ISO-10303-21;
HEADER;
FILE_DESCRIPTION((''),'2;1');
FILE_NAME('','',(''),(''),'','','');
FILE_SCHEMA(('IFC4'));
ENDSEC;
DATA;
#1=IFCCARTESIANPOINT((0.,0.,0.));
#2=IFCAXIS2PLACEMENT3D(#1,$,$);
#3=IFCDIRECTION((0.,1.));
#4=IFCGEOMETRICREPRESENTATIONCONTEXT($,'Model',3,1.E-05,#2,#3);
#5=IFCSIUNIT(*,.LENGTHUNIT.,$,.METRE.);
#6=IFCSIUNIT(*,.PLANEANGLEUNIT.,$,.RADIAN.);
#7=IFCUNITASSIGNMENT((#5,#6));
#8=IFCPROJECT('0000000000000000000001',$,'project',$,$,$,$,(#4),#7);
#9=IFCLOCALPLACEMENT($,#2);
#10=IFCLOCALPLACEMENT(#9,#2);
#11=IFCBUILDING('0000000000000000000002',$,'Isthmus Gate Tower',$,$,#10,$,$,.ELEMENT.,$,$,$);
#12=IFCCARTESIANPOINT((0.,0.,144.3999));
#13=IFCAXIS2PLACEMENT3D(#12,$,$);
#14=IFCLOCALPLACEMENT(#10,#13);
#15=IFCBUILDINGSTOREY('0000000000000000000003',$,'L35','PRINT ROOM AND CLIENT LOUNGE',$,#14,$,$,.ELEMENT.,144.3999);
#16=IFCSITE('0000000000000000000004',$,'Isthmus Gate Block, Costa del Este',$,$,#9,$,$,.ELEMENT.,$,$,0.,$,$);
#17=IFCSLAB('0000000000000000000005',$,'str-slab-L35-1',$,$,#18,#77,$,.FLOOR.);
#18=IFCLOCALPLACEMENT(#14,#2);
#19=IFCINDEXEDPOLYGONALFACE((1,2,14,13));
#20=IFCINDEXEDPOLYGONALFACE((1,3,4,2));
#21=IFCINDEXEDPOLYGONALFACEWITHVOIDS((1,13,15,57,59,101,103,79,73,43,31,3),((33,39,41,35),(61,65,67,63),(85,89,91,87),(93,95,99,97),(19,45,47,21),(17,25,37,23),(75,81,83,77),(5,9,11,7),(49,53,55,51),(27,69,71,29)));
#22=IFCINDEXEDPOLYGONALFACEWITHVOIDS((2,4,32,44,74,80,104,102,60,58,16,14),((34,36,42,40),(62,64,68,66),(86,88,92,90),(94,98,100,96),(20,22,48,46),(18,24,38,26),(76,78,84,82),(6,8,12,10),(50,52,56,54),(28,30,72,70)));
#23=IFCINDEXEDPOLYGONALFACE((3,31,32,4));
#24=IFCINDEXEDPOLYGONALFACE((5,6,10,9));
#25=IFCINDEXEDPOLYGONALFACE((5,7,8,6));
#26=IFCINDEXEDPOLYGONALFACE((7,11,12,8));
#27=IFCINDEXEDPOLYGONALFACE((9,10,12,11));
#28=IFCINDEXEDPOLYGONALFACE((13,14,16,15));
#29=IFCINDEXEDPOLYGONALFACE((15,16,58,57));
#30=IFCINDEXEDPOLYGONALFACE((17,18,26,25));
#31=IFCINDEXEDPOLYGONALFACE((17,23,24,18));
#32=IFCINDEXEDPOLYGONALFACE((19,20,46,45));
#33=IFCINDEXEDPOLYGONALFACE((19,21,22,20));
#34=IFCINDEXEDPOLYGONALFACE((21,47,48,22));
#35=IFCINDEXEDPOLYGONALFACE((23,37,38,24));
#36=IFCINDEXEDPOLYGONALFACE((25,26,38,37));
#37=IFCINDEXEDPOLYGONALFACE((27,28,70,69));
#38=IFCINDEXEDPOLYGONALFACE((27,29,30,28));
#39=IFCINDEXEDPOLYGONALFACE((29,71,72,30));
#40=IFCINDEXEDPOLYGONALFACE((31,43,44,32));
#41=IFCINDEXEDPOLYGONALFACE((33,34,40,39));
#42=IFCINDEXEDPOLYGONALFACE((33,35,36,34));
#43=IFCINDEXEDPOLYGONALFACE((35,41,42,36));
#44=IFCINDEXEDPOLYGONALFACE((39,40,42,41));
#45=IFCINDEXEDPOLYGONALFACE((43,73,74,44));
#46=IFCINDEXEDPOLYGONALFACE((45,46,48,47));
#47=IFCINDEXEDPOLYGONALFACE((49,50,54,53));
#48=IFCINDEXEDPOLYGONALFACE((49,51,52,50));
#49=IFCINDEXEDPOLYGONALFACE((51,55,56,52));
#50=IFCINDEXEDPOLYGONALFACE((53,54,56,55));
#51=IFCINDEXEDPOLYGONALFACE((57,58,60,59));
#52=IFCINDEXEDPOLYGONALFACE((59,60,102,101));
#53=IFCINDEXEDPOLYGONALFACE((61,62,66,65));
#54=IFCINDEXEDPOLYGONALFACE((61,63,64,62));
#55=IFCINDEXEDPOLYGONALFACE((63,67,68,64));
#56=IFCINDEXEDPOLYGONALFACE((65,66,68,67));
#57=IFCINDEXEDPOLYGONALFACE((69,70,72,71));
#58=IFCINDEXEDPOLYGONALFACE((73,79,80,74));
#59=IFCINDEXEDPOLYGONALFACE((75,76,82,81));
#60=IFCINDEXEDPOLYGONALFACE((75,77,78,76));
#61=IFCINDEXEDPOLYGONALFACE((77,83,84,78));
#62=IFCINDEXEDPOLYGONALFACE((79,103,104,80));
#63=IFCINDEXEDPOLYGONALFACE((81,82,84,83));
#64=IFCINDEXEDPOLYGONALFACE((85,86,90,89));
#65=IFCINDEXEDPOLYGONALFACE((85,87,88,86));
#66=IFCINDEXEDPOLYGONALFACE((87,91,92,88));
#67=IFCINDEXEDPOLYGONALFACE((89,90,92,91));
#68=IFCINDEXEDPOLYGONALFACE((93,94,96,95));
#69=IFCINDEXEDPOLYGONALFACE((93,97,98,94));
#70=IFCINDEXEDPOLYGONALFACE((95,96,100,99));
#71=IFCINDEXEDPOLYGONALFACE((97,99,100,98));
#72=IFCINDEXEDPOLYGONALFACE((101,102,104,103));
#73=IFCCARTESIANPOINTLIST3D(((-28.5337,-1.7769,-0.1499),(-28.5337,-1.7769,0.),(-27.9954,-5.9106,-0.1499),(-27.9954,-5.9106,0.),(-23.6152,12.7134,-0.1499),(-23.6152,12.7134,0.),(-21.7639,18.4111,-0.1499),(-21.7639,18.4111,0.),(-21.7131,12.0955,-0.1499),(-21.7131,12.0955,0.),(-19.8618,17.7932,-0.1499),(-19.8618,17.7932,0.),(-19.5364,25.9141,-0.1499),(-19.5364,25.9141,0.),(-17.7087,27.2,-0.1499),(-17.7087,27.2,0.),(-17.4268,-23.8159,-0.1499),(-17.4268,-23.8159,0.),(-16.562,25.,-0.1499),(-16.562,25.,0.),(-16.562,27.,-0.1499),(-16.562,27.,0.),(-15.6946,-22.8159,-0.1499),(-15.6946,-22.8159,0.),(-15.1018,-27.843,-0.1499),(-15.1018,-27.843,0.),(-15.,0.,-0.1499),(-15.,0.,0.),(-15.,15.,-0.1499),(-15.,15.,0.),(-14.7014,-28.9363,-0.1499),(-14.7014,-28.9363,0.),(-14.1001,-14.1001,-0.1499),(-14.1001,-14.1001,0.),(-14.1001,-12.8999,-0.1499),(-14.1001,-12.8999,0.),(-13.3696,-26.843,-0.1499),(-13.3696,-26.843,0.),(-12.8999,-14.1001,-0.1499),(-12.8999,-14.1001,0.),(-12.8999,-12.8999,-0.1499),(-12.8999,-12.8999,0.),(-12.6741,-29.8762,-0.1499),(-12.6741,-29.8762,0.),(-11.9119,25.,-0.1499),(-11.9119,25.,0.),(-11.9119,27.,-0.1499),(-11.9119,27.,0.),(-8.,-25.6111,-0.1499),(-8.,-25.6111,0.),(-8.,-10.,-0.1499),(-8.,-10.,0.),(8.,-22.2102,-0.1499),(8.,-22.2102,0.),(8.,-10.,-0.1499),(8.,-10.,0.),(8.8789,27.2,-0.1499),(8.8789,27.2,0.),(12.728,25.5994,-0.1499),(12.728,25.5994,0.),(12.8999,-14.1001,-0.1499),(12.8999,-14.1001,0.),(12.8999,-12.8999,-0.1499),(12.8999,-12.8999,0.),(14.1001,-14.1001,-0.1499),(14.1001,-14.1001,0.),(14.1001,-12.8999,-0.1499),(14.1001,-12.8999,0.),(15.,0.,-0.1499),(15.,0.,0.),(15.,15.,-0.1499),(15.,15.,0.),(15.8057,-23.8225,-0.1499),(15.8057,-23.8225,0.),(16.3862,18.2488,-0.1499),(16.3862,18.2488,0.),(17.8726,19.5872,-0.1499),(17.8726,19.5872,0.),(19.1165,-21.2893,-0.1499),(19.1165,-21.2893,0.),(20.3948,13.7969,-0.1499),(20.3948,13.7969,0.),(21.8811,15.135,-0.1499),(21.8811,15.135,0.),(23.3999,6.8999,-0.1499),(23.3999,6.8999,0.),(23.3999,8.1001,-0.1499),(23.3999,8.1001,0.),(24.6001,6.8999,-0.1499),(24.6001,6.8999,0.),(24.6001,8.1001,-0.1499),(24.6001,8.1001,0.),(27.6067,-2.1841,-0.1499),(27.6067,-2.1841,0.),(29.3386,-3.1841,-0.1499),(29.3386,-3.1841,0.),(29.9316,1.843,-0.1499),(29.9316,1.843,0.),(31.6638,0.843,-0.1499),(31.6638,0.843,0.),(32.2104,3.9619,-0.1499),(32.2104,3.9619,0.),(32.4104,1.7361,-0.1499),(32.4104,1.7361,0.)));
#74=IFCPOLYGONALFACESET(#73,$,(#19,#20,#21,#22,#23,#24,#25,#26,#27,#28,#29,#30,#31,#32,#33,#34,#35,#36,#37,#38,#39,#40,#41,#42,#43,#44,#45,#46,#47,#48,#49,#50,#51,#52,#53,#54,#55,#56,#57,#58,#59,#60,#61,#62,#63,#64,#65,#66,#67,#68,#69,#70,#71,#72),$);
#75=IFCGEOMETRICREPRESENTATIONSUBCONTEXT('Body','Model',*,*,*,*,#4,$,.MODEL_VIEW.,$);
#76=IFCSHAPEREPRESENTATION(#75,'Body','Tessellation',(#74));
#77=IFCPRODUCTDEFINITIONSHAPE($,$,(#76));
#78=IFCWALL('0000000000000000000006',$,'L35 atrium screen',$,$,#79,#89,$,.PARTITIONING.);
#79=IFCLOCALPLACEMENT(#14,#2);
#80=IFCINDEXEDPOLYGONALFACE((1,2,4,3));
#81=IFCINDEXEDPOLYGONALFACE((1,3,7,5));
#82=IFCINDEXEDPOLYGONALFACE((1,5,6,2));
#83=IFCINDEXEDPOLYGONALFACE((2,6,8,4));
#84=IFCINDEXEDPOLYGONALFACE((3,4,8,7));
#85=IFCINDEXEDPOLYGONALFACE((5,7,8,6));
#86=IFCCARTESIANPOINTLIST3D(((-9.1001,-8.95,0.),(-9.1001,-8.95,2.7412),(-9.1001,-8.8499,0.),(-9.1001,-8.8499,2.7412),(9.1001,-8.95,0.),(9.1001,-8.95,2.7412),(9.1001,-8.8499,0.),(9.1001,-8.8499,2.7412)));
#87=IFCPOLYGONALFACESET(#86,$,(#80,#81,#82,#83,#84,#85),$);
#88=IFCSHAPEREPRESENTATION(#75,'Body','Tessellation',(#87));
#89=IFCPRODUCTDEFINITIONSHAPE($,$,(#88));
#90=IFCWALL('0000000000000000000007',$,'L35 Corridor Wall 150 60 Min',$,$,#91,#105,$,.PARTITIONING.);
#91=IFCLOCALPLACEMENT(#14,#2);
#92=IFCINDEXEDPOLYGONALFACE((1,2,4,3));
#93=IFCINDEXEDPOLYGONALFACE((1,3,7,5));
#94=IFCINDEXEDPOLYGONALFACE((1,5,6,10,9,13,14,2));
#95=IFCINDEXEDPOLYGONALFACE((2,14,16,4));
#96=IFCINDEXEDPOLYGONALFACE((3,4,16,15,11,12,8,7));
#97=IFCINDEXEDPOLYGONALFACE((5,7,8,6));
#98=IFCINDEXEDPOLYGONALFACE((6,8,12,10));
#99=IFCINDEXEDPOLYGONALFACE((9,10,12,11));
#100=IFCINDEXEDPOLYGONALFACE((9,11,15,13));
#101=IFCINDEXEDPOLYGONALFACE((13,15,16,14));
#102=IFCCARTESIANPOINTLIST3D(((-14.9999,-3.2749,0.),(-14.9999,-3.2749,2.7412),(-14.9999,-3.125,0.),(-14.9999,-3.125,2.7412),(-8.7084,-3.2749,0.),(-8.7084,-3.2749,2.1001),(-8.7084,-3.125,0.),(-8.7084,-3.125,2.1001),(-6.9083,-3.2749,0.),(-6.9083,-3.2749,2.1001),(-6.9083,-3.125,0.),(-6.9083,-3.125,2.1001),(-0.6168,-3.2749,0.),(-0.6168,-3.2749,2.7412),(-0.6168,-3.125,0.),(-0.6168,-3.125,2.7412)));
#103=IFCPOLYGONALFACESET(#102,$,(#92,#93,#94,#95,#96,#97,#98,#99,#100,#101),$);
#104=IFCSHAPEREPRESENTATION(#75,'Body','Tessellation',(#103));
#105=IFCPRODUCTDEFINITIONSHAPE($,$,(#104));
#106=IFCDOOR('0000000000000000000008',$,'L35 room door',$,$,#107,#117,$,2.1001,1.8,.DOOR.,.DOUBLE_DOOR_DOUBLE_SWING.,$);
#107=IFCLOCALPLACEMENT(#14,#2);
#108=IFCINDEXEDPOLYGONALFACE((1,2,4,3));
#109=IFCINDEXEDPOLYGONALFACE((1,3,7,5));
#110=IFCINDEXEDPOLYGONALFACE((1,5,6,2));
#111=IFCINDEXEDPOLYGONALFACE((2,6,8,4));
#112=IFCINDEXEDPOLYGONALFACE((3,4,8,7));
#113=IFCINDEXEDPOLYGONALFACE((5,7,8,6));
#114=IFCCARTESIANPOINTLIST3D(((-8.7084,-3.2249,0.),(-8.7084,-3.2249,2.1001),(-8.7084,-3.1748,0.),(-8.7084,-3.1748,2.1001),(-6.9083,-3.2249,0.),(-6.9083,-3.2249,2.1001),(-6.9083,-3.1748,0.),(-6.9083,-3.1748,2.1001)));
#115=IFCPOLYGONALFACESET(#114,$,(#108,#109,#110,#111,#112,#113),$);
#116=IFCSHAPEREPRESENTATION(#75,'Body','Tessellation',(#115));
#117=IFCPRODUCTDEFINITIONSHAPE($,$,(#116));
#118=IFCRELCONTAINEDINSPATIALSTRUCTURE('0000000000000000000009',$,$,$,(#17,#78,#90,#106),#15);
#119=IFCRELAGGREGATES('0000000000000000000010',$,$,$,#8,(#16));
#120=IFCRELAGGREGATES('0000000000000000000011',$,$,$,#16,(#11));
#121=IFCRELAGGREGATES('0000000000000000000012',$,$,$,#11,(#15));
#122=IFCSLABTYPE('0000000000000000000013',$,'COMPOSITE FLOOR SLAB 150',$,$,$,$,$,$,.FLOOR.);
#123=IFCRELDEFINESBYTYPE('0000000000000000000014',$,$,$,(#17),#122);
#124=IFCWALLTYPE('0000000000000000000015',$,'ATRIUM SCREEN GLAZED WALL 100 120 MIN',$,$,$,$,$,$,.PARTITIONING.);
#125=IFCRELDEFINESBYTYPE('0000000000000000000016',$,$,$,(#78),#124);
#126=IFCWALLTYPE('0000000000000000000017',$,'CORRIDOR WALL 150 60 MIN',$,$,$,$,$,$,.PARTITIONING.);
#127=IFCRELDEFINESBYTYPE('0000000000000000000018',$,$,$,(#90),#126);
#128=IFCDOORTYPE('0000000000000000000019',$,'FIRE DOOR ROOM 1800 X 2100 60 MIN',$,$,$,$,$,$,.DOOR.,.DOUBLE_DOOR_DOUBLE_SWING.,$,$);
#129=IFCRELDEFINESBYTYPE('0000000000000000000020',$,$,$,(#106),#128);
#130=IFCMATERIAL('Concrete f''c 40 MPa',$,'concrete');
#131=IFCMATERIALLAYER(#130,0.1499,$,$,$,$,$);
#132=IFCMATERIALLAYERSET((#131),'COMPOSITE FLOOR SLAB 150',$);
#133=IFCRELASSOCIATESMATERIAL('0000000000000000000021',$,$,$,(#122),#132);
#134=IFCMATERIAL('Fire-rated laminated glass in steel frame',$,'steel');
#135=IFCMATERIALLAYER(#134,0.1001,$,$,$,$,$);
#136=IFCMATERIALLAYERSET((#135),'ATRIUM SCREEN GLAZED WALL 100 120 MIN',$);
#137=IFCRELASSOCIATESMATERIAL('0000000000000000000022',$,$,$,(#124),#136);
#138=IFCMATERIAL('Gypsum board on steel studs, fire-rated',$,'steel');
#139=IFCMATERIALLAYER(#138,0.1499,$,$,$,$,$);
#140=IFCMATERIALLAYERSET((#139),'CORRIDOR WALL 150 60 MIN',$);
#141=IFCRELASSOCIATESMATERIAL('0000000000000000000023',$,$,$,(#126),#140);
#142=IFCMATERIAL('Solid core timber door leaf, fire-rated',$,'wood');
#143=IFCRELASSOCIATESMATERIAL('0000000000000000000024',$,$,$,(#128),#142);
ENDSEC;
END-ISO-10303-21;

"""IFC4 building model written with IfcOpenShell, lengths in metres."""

from ifc_helpers import new_model, si_unit, direction, frame, frame_2d, origin, place, context, subcontext, project, spatial, polyline, rectangle, outline, extrude, material, layer, layer_set, type_object, element, fill, save


model = new_model("IFC4")

# Units and contexts
model_context = context("Model", 3, precision=1e-05, world=origin(), true_north=direction((0.0, 1.0)))
body_context = subcontext(model_context, "Body", "Model", "MODEL_VIEW")
ifc_project = project(units=[si_unit("LENGTHUNIT", "METRE"), si_unit("PLANEANGLEUNIT", "RADIAN")], contexts=[model_context])

# Site, building, storey
site_placement = place(None, origin())
site = spatial("IfcSite", under=ifc_project, at=site_placement, Name="Isthmus Gate Block, Costa del Este", CompositionType="ELEMENT", RefElevation=0.0)
building_placement = place(site_placement, origin())
building = spatial("IfcBuilding", under=site, at=building_placement, Name="Isthmus Gate Tower", CompositionType="ELEMENT")
storey_placement = place(building_placement, frame((0.0, 0.0, 144.3999)))
storey = spatial("IfcBuildingStorey", under=building, at=storey_placement, Name="L35", Description="PRINT ROOM AND CLIENT LOUNGE", CompositionType="ELEMENT", Elevation=144.3999)

# Slab
ifc_material_1 = material(Name="Concrete f'c 40 MPa", Category="concrete")
ifc_layer_1 = layer(ifc_material_1, 0.1499)
ifc_layer_set_1 = layer_set([ifc_layer_1], Name="COMPOSITE FLOOR SLAB 150")
slab_type = type_object("IfcSlabType", Name="COMPOSITE FLOOR SLAB 150", PredefinedType="FLOOR", material=ifc_layer_set_1)
slab_placement = place(storey_placement, frame((0.0, 0.0, -0.1499)))
element("IfcSlab", 1, at=slab_placement, inside=storey, type_object=slab_type, Name="str-slab-L35-1", PredefinedType="FLOOR", context=body_context, shape_type="SweptSolid", body=[
    extrude(outline(polyline([(12.728, 25.5994), (32.2104, 3.9619), (32.4104, 1.7361), (19.1165, -21.2893), (15.8057, -23.8225), (-12.6741, -29.8762), (-14.7014, -28.9363), (-27.9954, -5.9106), (-28.5337, -1.7769), (-19.5364, 25.9141), (-17.7087, 27.2), (8.8789, 27.2), (12.728, 25.5994)]), holes=[polyline([(-13.3696, -26.843), (-15.6946, -22.8159), (-17.4268, -23.8159), (-15.1018, -27.843), (-13.3696, -26.843)]), polyline([(8.0, -10.0), (-8.0, -10.0), (-8.0, -25.6111), (8.0, -22.2102), (8.0, -10.0)]), polyline([(-12.8999, -12.8999), (-14.1001, -12.8999), (-14.1001, -14.1001), (-12.8999, -14.1001), (-12.8999, -12.8999)]), polyline([(12.8999, -14.1001), (14.1001, -14.1001), (14.1001, -12.8999), (12.8999, -12.8999), (12.8999, -14.1001)]), polyline([(31.6638, 0.843), (29.9316, 1.843), (27.6067, -2.1841), (29.3386, -3.1841), (31.6638, 0.843)]), polyline([(-15.0, 15.0), (-15.0, 0.0), (15.0, 0.0), (15.0, 15.0), (-15.0, 15.0)]), polyline([(24.6001, 6.8999), (24.6001, 8.1001), (23.3999, 8.1001), (23.3999, 6.8999), (24.6001, 6.8999)]), polyline([(-21.7131, 12.0955), (-19.8618, 17.7932), (-21.7639, 18.4111), (-23.6152, 12.7134), (-21.7131, 12.0955)]), polyline([(17.8726, 19.5872), (16.3862, 18.2488), (20.3948, 13.7969), (21.8811, 15.135), (17.8726, 19.5872)]), polyline([(-16.562, 27.0), (-16.562, 25.0), (-11.9119, 25.0), (-11.9119, 27.0), (-16.562, 27.0)])]), origin(), (0.0, 0.0, 1.0), 0.1499),
])

# Wall
ifc_material_2 = material(Name="Fire-rated laminated glass in steel frame", Category="steel")
ifc_layer_2 = layer(ifc_material_2, 0.1001)
ifc_layer_set_2 = layer_set([ifc_layer_2], Name="ATRIUM SCREEN GLAZED WALL 100 120 MIN")
wall_type_1 = type_object("IfcWallType", Name="ATRIUM SCREEN GLAZED WALL 100 120 MIN", PredefinedType="PARTITIONING", material=ifc_layer_set_2)
wall_1_placement = place(storey_placement, frame((-9.1001, -8.8999, 0.0), z_axis=(0.0, 0.0, 1.0), x_axis=(1.0, 0.0, 0.0)))
element("IfcWall", 2, at=wall_1_placement, inside=storey, type_object=wall_type_1, Name="L35 atrium screen", PredefinedType="PARTITIONING", context=body_context, shape_type="SweptSolid", body=[
    extrude(rectangle(XDim=18.2002, YDim=0.1001, at=frame_2d((9.1001, 0.0))), origin(), (0.0, 0.0, 1.0), 2.7412),
])

# Wall, opening, door
ifc_material_3 = material(Name="Gypsum board on steel studs, fire-rated", Category="steel")
ifc_layer_3 = layer(ifc_material_3, 0.1499)
ifc_layer_set_3 = layer_set([ifc_layer_3], Name="CORRIDOR WALL 150 60 MIN")
wall_type_2 = type_object("IfcWallType", Name="CORRIDOR WALL 150 60 MIN", PredefinedType="PARTITIONING", material=ifc_layer_set_3)
wall_2_placement = place(storey_placement, frame((-0.6169, -3.2, 0.0), z_axis=(0.0, 0.0, 1.0), x_axis=(-1.0, 0.0, 0.0)))
wall_2 = element("IfcWall", 3, at=wall_2_placement, inside=storey, type_object=wall_type_2, Name="L35 Corridor Wall 150 60 Min", PredefinedType="PARTITIONING", context=body_context, shape_type="SweptSolid", body=[
    extrude(rectangle(XDim=14.3831, YDim=0.1499, at=frame_2d((7.1914, 0.0))), origin(), (0.0, 0.0, 1.0), 2.7412),
])
opening_1_placement = place(wall_2_placement, frame((6.2915, 0.0, 0.0)))
opening_1 = element("IfcOpeningElement", 4, at=opening_1_placement, cuts=wall_2, PredefinedType="OPENING", context=body_context, shape_type="SweptSolid", body=[
    extrude(rectangle(XDim=1.8, YDim=2.1001, at=frame_2d((0.8999, 1.05))), frame((0.0, 0.085, 0.0), z_axis=(0.0, -1.0, 0.0), x_axis=(1.0, 0.0, 0.0)), (0.0, 0.0, 1.0), 0.1699),
])
ifc_material_4 = material(Name="Solid core timber door leaf, fire-rated", Category="wood")
door_type_1 = type_object("IfcDoorType", Name="FIRE DOOR ROOM 1800 X 2100 60 MIN", OperationType="DOUBLE_DOOR_DOUBLE_SWING", PredefinedType="DOOR", material=ifc_material_4)
door_1_placement = place(opening_1_placement, origin())
door_1 = element("IfcDoor", 5, at=door_1_placement, inside=storey, type_object=door_type_1, Name="L35 room door", OperationType="DOUBLE_DOOR_DOUBLE_SWING", OverallHeight=2.1001, OverallWidth=1.8, PredefinedType="DOOR", context=body_context, shape_type="SweptSolid", body=[
    extrude(rectangle(XDim=1.8, YDim=2.1001, at=frame_2d((0.8999, 1.05))), frame((0.0, 0.0249, 0.0), z_axis=(0.0, -1.0, 0.0), x_axis=(1.0, 0.0, 0.0)), (0.0, 0.0, 1.0), 0.05),
])
fill(opening_1, door_1)

save(model, "model.ifc")
